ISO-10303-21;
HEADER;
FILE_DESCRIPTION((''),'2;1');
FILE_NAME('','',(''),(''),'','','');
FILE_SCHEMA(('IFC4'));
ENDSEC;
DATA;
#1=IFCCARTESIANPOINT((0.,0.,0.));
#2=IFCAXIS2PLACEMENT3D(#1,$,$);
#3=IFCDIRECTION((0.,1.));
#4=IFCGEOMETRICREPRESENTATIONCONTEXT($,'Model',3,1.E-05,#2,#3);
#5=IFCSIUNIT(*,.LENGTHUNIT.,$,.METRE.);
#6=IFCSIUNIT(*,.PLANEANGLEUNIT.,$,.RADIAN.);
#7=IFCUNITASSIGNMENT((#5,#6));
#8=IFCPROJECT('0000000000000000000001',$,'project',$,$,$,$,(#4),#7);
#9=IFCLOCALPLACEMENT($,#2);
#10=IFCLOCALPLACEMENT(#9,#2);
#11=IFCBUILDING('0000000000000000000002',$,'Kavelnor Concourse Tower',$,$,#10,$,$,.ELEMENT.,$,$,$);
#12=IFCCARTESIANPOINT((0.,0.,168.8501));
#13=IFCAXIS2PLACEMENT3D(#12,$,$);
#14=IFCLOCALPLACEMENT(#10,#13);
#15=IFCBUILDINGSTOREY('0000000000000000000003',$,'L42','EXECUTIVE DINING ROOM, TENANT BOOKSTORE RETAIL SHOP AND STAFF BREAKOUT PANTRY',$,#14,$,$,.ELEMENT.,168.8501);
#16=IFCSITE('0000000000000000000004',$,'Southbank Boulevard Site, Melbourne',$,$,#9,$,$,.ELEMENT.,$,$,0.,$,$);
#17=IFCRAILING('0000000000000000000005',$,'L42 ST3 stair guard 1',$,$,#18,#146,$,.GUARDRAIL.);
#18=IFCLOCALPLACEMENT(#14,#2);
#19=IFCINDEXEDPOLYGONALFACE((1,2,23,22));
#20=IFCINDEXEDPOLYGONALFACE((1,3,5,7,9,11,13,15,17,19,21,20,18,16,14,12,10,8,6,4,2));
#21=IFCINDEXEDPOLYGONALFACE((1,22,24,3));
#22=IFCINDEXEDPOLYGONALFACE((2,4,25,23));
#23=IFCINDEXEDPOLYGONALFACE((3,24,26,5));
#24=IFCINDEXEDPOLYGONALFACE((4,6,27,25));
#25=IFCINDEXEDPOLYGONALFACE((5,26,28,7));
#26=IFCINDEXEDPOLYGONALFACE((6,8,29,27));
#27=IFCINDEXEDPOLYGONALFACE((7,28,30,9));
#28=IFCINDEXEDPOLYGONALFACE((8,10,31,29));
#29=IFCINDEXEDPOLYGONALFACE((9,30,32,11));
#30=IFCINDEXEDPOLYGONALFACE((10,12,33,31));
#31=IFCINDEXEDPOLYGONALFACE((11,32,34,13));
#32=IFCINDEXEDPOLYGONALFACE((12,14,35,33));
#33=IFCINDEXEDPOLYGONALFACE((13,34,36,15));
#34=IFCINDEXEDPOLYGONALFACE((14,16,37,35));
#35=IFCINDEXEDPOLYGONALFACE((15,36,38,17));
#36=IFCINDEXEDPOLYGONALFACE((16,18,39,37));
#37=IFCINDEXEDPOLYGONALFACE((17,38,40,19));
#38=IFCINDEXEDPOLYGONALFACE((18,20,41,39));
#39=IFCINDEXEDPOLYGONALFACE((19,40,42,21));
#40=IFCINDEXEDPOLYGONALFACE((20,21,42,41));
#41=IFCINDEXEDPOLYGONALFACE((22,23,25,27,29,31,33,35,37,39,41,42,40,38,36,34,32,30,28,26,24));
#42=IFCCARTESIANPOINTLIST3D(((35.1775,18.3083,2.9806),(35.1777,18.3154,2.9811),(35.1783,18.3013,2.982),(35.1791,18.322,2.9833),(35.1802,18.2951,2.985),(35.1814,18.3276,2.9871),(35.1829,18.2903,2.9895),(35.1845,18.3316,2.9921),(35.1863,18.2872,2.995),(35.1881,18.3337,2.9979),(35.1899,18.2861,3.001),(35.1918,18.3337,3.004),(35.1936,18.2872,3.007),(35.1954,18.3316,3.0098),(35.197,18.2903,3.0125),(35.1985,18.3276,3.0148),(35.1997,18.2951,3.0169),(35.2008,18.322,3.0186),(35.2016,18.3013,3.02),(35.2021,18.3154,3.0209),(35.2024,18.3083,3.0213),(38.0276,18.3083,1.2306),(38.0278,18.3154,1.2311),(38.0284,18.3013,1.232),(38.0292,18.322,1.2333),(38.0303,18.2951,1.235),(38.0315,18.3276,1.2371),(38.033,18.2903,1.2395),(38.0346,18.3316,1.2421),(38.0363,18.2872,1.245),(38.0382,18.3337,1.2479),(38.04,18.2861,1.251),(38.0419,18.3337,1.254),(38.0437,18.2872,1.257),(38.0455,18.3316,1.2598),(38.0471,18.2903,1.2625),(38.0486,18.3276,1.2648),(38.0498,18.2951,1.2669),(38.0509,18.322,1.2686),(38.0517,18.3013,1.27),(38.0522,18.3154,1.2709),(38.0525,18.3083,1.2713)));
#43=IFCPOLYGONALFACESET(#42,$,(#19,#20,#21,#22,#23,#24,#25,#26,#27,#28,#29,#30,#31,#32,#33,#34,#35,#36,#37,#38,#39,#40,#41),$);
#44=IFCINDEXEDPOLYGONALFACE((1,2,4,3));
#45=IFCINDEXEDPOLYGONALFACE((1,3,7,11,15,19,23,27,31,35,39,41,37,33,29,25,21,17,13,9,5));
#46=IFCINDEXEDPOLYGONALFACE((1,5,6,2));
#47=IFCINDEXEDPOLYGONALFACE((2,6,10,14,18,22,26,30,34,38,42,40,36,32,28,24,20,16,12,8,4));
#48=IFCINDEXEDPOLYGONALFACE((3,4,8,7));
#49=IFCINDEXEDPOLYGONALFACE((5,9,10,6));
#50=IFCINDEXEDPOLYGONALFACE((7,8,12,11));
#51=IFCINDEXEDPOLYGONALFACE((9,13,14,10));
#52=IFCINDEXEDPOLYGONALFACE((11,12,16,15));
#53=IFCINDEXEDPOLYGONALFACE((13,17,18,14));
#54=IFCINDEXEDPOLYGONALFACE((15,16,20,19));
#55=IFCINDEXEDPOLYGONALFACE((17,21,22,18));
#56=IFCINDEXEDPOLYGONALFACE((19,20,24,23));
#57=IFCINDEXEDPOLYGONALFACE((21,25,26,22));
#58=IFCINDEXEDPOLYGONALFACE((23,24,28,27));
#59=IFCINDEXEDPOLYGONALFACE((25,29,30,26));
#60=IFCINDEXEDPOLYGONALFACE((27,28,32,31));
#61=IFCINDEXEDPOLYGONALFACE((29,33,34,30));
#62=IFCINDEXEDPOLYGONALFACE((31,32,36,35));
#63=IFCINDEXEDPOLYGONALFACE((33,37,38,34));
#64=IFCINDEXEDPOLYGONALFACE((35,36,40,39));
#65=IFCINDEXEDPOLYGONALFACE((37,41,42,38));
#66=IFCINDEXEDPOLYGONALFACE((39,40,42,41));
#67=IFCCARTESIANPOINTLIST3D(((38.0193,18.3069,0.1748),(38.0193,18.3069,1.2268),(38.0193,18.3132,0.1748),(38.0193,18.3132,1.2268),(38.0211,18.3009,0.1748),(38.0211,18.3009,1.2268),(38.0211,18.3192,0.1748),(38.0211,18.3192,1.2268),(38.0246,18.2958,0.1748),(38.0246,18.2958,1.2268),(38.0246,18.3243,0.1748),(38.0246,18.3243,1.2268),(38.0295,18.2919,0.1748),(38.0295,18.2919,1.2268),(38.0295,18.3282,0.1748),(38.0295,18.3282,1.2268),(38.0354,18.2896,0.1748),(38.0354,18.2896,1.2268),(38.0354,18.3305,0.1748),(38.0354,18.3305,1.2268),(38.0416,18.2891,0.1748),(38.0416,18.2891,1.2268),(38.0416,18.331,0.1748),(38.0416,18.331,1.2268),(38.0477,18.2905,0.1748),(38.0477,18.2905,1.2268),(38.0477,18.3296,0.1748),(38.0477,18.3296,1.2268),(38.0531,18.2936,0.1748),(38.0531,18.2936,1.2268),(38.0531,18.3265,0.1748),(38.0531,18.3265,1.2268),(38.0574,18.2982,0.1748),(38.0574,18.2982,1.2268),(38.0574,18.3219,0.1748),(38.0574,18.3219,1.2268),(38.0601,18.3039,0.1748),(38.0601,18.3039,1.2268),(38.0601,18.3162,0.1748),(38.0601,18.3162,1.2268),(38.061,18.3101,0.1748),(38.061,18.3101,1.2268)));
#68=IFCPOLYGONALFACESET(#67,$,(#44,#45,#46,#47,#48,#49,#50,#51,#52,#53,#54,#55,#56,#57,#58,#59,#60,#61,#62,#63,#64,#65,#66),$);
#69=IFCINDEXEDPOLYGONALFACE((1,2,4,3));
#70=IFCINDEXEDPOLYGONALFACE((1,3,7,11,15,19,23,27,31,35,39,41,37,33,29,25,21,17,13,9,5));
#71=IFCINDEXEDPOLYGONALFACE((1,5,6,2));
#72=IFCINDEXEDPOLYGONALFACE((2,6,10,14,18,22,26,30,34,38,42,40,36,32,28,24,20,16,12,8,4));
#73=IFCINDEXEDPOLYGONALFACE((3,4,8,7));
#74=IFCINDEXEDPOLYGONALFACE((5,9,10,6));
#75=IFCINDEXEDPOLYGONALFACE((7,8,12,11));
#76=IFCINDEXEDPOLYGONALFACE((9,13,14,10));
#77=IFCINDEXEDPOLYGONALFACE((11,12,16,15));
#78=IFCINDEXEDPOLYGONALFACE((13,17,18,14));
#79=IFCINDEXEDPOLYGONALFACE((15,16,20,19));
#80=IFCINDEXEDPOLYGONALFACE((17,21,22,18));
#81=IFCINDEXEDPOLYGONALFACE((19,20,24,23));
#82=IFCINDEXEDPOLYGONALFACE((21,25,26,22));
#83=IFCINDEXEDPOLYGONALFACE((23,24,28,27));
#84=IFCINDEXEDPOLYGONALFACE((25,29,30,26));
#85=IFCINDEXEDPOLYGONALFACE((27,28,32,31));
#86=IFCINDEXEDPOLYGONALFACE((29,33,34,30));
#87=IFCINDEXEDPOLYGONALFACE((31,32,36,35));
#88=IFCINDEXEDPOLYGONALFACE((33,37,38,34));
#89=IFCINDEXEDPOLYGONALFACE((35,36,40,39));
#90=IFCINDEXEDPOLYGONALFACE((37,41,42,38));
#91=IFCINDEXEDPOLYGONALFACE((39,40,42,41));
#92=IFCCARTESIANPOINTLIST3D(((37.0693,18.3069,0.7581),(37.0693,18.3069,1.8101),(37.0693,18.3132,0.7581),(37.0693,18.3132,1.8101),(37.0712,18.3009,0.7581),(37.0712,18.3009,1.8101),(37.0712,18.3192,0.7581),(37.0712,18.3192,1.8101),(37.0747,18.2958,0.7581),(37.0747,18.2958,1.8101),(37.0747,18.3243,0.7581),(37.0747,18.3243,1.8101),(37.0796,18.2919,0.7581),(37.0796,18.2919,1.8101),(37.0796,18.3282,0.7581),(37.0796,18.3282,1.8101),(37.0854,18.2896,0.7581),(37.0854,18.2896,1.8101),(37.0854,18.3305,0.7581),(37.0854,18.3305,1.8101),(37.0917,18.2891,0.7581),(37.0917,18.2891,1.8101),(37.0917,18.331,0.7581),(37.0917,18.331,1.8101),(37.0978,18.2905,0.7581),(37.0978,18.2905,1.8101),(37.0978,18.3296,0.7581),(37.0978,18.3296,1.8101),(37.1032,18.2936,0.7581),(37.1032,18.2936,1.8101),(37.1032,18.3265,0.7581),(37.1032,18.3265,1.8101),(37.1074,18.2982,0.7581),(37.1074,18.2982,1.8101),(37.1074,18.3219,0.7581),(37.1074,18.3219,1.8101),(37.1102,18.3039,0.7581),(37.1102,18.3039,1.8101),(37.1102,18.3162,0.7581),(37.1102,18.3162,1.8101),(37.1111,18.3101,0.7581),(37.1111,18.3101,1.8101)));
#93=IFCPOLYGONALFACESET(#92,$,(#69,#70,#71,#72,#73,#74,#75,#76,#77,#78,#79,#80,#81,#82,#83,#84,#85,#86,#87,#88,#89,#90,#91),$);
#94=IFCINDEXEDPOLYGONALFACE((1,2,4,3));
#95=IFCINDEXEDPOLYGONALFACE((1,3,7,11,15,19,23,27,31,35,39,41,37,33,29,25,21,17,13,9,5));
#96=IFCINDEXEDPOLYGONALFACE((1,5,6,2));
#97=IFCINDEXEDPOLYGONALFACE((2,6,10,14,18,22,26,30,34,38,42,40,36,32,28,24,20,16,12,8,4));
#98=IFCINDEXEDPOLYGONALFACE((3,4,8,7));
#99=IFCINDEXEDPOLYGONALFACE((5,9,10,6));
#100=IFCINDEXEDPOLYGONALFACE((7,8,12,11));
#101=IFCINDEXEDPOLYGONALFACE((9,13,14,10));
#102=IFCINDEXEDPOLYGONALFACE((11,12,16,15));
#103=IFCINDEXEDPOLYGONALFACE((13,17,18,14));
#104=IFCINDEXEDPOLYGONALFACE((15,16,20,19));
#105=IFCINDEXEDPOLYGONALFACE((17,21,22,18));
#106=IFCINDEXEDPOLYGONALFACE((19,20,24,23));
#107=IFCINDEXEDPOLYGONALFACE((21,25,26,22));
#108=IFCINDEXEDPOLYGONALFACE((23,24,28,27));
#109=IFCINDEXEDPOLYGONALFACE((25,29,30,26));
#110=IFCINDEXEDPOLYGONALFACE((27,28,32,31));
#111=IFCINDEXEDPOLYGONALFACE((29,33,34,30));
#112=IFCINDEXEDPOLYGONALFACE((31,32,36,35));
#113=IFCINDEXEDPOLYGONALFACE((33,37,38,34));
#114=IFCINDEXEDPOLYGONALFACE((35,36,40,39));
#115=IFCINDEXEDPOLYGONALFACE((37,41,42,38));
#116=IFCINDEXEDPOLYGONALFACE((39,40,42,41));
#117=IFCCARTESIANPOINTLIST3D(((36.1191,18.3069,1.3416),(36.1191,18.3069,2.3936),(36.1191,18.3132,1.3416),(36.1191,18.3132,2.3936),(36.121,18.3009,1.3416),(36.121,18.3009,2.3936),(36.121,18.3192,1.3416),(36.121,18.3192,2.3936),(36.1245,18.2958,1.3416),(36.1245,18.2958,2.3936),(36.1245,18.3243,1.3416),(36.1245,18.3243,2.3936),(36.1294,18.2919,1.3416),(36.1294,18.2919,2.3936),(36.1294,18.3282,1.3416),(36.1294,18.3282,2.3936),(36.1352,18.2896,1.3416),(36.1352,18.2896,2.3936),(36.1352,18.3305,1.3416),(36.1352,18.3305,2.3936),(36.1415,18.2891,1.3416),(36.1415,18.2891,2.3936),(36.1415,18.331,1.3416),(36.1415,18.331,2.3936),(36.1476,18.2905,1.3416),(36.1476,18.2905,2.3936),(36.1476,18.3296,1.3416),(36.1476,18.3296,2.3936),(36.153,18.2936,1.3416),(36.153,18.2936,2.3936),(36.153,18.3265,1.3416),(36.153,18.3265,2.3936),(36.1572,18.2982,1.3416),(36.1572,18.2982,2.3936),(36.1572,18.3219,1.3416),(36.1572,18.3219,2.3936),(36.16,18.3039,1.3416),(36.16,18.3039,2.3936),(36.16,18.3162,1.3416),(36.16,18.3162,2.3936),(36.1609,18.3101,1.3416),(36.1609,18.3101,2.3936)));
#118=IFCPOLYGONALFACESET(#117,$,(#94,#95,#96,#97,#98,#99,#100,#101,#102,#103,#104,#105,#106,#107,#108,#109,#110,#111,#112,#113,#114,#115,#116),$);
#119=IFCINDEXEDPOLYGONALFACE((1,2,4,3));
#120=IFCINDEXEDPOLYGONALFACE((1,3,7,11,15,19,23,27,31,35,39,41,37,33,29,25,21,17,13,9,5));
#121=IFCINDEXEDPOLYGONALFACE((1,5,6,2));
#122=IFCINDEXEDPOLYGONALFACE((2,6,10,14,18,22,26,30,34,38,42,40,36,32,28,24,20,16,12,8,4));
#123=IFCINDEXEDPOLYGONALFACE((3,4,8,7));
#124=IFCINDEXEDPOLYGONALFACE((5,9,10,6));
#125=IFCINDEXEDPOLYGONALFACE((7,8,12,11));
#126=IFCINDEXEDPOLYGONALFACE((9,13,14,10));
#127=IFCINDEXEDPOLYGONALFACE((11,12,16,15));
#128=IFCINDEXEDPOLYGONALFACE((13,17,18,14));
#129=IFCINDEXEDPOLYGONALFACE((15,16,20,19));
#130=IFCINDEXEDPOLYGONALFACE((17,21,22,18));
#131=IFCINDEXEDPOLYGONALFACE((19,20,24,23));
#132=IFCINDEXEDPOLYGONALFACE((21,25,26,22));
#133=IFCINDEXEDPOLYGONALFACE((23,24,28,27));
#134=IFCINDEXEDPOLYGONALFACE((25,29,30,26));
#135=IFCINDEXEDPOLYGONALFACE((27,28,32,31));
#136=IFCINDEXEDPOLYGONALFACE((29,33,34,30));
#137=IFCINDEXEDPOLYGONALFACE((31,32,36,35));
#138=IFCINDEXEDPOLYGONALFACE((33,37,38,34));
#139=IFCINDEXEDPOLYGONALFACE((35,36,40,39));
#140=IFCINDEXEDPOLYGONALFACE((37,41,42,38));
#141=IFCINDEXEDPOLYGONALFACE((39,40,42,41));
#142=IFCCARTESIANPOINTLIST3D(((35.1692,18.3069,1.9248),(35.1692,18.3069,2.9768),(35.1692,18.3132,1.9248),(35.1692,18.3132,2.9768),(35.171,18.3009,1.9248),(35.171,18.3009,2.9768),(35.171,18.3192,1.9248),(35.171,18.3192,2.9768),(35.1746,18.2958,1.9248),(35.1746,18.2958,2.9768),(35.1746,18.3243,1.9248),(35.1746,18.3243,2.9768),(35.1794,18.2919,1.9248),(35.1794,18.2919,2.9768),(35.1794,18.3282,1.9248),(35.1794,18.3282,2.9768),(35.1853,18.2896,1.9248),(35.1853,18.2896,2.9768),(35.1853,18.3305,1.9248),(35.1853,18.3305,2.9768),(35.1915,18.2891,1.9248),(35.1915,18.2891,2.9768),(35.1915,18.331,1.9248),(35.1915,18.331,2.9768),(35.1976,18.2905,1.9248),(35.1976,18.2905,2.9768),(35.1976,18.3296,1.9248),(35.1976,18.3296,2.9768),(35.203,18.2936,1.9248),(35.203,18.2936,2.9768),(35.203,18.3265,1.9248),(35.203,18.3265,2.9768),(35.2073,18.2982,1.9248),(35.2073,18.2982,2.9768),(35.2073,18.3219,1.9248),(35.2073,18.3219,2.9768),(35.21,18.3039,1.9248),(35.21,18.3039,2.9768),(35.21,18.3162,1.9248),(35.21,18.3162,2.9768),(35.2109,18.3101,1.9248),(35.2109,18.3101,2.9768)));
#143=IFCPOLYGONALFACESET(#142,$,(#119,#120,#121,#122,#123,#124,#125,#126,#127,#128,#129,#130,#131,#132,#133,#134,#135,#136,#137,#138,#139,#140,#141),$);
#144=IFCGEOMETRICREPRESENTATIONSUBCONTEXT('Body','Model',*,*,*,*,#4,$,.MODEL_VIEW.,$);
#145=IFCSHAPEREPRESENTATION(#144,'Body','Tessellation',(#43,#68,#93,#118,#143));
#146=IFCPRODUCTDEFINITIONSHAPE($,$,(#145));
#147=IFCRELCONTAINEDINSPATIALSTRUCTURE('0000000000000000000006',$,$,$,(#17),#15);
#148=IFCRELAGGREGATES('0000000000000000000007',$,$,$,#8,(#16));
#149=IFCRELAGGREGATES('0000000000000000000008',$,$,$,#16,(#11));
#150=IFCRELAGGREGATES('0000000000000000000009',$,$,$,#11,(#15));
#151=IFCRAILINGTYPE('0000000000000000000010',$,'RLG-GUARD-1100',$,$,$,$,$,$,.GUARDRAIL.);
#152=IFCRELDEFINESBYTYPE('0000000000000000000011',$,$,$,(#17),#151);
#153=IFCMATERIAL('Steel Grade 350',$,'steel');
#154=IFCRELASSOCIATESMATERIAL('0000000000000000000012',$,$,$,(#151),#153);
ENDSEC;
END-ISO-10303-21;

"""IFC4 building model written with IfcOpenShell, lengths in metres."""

from ifc_helpers import new_model, si_unit, direction, frame, origin, origin_2d, place, context, subcontext, project, spatial, circle, extrude, material, type_object, element, save


model = new_model("IFC4")

# Units and contexts
model_context = context("Model", 3, precision=1e-05, world=origin(), true_north=direction((0.0, 1.0)))
body_context = subcontext(model_context, "Body", "Model", "MODEL_VIEW")
ifc_project = project(units=[si_unit("LENGTHUNIT", "METRE"), si_unit("PLANEANGLEUNIT", "RADIAN")], contexts=[model_context])

# Site, building, storey
site_placement = place(None, origin())
site = spatial("IfcSite", under=ifc_project, at=site_placement, Name="Southbank Boulevard Site, Melbourne", CompositionType="ELEMENT", RefElevation=0.0)
building_placement = place(site_placement, origin())
building = spatial("IfcBuilding", under=site, at=building_placement, Name="Kavelnor Concourse Tower", CompositionType="ELEMENT")
storey_placement = place(building_placement, frame((0.0, 0.0, 168.8501)))
storey = spatial("IfcBuildingStorey", under=building, at=storey_placement, Name="L42", Description="EXECUTIVE DINING ROOM, TENANT BOOKSTORE RETAIL SHOP AND STAFF BREAKOUT PANTRY", CompositionType="ELEMENT", Elevation=168.8501)

# Shared definitions
ifc_material_1 = material(Name="Steel Grade 350", Category="steel")

# Railing
railing_type_1 = type_object("IfcRailingType", Name="RLG-GUARD-1100", PredefinedType="GUARDRAIL", material=ifc_material_1)
railing_1_placement = place(storey_placement, frame((38.04, 18.3101, 0.1748)))
element("IfcRailing", 1, at=railing_1_placement, inside=storey, type_object=railing_type_1, Name="L42 ST3 stair guard 1", PredefinedType="GUARDRAIL", context=body_context, shape_type="SweptSolid", body=[
    extrude(circle(Radius=0.0239, at=origin_2d()), frame((0.0, 0.0, 1.0762), z_axis=(-0.852179, 0.0, 0.52325), x_axis=(0.0, -1.0, 0.0)), (0.0, 0.0, 1.0), 3.3445),
    extrude(circle(Radius=0.021, at=origin_2d()), origin(), (0.0, 0.0, 1.0), 1.052),
    extrude(circle(Radius=0.021, at=origin_2d()), frame((-0.95, 0.0, 0.5833)), (0.0, 0.0, 1.0), 1.052),
    extrude(circle(Radius=0.021, at=origin_2d()), frame((-1.9001, 0.0, 1.1667)), (0.0, 0.0, 1.0), 1.052),
    extrude(circle(Radius=0.021, at=origin_2d()), frame((-2.8501, 0.0, 1.75)), (0.0, 0.0, 1.0), 1.052),
])

save(model, "model.ifc")
